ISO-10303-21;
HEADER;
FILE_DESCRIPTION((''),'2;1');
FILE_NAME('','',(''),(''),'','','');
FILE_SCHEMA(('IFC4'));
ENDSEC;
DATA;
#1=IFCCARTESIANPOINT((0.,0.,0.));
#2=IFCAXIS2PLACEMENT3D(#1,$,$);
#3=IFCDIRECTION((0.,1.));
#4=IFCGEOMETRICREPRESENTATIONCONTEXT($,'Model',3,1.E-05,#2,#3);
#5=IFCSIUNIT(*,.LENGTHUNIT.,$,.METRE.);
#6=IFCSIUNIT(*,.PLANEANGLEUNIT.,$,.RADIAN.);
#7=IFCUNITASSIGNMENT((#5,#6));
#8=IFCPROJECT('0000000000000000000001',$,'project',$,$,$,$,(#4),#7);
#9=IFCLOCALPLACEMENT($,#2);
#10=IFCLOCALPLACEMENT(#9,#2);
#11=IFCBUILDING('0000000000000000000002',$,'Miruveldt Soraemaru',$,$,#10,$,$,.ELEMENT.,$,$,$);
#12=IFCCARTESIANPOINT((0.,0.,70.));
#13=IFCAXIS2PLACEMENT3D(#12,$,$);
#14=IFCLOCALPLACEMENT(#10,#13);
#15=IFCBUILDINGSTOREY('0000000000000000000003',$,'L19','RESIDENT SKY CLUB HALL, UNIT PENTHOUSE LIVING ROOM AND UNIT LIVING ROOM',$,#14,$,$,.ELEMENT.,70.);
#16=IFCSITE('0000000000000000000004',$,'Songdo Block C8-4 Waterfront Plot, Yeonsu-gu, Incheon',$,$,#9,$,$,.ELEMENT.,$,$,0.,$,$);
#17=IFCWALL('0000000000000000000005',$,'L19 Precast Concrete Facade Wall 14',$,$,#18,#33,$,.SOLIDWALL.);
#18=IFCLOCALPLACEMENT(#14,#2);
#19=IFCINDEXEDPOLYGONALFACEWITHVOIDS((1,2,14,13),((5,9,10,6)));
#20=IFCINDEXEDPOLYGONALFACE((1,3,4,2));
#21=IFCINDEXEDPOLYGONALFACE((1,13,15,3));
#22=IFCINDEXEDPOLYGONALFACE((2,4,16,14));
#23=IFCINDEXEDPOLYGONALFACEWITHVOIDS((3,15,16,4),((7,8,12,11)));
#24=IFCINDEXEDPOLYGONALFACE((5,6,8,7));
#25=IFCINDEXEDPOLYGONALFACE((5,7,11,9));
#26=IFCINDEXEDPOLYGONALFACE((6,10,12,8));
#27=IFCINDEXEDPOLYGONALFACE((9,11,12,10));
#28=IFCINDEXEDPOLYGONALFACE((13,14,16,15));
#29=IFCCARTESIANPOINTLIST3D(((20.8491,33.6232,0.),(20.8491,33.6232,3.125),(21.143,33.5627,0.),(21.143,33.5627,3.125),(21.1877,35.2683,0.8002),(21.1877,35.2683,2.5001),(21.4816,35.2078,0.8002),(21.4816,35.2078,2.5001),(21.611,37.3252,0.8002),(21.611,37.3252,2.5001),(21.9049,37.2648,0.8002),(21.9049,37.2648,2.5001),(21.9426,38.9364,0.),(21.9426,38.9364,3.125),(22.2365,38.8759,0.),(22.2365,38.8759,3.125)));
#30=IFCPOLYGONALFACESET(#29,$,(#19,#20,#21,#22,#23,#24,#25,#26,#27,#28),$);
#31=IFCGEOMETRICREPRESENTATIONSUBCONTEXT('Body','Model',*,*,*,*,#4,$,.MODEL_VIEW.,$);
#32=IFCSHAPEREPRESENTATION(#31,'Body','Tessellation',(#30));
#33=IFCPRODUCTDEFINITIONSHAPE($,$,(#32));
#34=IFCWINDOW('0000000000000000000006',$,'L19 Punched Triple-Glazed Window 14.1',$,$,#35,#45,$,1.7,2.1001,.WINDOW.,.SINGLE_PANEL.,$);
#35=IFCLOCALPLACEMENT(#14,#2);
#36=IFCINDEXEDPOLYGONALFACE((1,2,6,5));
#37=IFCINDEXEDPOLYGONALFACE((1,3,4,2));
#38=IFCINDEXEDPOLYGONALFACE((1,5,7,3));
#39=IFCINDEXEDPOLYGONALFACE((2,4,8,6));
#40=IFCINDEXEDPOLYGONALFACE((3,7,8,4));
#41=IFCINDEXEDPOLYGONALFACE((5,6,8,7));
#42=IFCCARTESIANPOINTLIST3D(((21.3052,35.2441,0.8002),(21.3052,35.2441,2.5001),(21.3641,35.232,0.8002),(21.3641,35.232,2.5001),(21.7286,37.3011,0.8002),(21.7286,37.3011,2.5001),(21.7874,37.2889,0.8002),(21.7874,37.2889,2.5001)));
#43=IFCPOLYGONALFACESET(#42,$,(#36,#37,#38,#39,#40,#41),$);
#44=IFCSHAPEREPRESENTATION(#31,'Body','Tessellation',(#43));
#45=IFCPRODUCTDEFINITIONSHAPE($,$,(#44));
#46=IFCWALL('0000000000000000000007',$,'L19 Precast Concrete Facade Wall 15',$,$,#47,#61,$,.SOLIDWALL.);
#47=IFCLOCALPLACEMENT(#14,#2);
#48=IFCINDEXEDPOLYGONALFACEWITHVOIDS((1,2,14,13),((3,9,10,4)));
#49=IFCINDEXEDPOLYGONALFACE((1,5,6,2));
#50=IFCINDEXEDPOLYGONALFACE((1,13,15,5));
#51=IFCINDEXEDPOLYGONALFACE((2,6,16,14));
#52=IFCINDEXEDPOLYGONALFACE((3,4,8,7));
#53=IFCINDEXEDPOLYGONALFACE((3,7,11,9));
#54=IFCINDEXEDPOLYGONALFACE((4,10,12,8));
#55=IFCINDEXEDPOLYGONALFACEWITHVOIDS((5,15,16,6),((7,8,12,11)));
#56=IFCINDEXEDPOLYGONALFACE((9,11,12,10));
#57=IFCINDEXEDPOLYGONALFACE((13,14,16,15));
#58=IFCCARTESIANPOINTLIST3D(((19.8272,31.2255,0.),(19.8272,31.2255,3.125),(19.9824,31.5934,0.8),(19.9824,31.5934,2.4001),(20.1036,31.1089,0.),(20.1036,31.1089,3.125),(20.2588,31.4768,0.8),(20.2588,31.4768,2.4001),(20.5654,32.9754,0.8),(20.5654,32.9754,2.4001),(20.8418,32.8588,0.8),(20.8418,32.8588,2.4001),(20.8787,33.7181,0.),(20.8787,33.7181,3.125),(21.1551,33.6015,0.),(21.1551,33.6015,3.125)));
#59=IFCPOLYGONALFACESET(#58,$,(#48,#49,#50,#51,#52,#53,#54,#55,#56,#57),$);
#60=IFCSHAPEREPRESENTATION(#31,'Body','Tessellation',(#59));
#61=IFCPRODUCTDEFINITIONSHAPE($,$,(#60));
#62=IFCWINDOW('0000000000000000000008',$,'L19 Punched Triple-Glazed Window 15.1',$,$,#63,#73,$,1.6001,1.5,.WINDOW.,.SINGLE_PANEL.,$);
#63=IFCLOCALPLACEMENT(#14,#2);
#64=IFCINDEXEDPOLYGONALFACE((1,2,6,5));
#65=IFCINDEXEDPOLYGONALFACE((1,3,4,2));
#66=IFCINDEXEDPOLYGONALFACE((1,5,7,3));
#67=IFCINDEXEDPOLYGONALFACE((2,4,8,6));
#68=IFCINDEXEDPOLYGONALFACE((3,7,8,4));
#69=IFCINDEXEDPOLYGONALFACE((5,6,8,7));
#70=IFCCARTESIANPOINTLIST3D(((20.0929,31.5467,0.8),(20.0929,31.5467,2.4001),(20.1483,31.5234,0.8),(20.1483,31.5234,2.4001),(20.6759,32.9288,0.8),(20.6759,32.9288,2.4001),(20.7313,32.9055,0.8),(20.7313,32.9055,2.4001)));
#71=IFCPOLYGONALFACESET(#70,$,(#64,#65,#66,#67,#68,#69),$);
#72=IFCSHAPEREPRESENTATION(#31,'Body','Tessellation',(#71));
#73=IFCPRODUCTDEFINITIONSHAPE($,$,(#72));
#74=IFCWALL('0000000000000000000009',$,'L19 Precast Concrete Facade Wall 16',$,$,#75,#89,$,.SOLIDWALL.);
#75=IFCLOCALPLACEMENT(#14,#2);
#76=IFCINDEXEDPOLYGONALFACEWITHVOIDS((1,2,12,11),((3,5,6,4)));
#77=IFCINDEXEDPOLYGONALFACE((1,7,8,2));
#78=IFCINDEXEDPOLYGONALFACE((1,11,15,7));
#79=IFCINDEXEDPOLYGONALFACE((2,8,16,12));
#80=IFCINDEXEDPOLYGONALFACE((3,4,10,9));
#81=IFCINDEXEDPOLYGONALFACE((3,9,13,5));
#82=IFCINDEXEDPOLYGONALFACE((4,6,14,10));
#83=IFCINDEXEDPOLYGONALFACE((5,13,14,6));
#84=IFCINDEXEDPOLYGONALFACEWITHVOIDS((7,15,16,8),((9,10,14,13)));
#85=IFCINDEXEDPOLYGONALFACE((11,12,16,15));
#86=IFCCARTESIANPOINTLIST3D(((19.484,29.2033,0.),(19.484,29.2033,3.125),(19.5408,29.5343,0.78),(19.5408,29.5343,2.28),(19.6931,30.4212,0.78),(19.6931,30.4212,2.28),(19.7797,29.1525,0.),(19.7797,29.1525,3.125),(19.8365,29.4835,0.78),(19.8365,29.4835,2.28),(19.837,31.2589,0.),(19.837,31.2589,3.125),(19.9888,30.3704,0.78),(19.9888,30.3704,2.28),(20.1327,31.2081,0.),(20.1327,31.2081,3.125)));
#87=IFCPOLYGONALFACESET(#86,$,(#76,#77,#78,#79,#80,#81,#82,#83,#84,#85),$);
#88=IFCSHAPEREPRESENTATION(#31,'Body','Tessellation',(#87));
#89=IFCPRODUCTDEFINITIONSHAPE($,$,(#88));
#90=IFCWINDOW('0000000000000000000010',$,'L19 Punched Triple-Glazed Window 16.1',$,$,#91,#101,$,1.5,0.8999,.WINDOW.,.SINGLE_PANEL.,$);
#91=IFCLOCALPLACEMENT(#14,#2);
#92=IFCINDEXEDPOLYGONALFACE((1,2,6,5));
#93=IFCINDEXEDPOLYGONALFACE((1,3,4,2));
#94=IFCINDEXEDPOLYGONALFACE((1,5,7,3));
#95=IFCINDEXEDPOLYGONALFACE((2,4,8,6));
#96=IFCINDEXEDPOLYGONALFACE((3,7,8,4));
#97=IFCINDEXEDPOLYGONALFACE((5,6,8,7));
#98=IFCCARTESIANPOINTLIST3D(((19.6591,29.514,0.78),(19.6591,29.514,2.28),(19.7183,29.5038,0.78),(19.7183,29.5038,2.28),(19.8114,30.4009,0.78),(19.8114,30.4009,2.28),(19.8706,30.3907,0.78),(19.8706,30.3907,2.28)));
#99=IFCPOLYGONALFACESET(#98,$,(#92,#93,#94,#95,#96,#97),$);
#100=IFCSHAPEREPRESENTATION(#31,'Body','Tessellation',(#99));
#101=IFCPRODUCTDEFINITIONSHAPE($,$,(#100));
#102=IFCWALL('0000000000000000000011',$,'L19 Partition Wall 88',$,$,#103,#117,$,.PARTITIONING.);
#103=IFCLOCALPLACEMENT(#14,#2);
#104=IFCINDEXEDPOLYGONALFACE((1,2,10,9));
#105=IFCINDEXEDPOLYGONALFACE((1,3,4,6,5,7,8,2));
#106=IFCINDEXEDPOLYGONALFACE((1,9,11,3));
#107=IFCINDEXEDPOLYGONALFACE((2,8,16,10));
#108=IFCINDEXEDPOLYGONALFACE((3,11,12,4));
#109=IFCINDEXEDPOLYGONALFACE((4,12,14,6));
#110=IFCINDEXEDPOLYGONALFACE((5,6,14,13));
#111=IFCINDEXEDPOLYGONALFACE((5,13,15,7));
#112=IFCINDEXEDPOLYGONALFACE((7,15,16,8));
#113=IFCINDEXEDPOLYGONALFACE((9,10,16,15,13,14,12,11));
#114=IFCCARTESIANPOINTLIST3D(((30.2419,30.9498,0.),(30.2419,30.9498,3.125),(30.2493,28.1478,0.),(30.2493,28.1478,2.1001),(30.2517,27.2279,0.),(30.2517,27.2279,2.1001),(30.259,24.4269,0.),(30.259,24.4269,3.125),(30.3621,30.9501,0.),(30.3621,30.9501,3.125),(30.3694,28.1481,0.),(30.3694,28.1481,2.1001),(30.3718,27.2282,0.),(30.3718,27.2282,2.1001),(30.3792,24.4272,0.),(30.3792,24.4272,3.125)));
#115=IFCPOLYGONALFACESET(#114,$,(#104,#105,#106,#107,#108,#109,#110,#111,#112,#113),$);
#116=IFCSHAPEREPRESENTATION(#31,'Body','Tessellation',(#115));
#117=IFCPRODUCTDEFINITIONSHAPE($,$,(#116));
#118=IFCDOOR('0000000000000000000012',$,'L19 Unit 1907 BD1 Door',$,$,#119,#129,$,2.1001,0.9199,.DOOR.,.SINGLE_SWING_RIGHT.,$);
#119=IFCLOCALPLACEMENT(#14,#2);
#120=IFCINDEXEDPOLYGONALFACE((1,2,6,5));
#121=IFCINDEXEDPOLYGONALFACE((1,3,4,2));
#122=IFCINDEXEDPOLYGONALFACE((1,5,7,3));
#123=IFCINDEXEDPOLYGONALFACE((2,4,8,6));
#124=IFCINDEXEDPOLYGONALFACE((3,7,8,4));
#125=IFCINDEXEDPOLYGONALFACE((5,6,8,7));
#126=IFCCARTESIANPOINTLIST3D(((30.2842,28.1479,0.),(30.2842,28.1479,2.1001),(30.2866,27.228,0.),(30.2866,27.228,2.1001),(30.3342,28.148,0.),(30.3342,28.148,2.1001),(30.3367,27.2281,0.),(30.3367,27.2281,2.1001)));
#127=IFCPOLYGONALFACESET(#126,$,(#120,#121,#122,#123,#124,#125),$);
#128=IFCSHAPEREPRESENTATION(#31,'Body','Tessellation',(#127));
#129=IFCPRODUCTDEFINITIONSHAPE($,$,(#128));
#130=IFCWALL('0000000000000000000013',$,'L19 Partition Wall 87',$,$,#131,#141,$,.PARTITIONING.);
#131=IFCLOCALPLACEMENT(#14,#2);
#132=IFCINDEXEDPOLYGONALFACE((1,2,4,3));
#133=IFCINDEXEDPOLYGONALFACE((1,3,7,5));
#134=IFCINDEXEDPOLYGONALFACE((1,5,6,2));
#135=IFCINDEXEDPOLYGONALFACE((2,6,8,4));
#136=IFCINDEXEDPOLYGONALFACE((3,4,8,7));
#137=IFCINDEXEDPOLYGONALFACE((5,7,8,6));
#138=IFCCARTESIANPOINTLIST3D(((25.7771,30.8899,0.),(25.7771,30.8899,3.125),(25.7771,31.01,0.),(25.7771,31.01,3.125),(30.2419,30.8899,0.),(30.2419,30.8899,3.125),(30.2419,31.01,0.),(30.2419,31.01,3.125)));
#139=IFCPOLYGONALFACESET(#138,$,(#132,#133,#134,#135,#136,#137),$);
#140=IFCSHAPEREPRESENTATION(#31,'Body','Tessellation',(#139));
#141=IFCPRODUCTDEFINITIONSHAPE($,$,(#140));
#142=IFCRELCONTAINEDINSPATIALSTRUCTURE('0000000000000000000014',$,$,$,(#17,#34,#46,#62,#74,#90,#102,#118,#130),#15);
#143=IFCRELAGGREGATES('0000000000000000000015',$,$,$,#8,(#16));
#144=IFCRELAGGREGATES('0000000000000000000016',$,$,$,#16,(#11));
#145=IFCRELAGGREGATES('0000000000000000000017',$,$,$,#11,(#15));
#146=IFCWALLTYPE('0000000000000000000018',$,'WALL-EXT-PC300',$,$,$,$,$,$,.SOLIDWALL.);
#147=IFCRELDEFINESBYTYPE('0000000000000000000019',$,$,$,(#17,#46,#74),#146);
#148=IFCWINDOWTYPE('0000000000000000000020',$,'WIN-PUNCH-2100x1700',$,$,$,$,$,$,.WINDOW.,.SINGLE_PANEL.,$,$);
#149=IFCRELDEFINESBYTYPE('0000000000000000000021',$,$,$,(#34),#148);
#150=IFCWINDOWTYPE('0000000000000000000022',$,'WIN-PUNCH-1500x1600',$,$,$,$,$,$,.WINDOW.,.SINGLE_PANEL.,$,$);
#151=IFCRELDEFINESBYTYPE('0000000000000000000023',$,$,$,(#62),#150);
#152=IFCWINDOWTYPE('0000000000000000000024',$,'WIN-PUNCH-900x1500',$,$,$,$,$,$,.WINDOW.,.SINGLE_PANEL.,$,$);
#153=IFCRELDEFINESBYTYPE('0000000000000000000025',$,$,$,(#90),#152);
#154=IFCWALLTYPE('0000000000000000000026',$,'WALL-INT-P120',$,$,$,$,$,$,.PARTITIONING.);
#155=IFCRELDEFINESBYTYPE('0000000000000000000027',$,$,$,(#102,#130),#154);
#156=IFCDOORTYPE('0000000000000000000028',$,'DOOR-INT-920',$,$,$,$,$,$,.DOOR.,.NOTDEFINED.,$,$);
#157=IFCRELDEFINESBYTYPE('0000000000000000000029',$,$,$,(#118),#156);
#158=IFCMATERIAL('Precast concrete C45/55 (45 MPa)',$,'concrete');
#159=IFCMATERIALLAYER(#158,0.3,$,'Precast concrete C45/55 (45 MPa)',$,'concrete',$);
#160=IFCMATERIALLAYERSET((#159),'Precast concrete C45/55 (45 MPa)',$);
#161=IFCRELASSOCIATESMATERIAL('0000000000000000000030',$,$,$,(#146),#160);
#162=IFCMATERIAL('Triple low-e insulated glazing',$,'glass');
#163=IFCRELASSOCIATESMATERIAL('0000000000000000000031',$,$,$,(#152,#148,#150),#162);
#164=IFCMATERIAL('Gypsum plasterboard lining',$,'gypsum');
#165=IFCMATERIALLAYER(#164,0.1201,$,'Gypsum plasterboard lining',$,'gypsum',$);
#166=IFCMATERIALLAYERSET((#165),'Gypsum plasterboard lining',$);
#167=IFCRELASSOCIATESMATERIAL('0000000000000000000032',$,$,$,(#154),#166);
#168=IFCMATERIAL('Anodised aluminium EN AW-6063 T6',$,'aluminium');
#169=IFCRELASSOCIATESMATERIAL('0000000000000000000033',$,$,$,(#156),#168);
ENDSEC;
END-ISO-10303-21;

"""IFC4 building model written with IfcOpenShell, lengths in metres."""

from ifc_helpers import new_model, si_unit, direction, frame, frame_2d, origin, place, context, subcontext, project, spatial, rectangle, extrude, material, layer, layer_set, type_object, element, fill, save


model = new_model("IFC4")

# Units and contexts
model_context = context("Model", 3, precision=1e-05, world=origin(), true_north=direction((0.0, 1.0)))
body_context = subcontext(model_context, "Body", "Model", "MODEL_VIEW")
ifc_project = project(units=[si_unit("LENGTHUNIT", "METRE"), si_unit("PLANEANGLEUNIT", "RADIAN")], contexts=[model_context])

# Site, building, storey
site_placement = place(None, origin())
site = spatial("IfcSite", under=ifc_project, at=site_placement, Name="Songdo Block C8-4 Waterfront Plot, Yeonsu-gu, Incheon", CompositionType="ELEMENT", RefElevation=0.0)
building_placement = place(site_placement, origin())
building = spatial("IfcBuilding", under=site, at=building_placement, Name="Miruveldt Soraemaru", CompositionType="ELEMENT")
storey_placement = place(building_placement, frame((0.0, 0.0, 70.0)))
storey = spatial("IfcBuildingStorey", under=building, at=storey_placement, Name="L19", Description="RESIDENT SKY CLUB HALL, UNIT PENTHOUSE LIVING ROOM AND UNIT LIVING ROOM", CompositionType="ELEMENT", Elevation=70.0)

# Shared definitions
ifc_material_1 = material(Name="Anodised aluminium EN AW-6063 T6", Category="aluminium")

# Walls, openings, windows
ifc_material_2 = material(Name="Precast concrete C45/55 (45 MPa)", Category="concrete")
ifc_layer_1 = layer(ifc_material_2, 0.3, Name="Precast concrete C45/55 (45 MPa)", Category="concrete")
ifc_layer_set_1 = layer_set([ifc_layer_1], Name="Precast concrete C45/55 (45 MPa)")
wall_type_1 = type_object("IfcWallType", Name="WALL-EXT-PC300", PredefinedType="SOLIDWALL", material=ifc_layer_set_1)
ifc_material_3 = material(Name="Triple low-e insulated glazing", Category="glass")
window_type_1 = type_object("IfcWindowType", Name="WIN-PUNCH-900x1500", PartitioningType="SINGLE_PANEL", PredefinedType="WINDOW", material=ifc_material_3)
wall_1_placement = place(storey_placement, frame((22.0896, 38.9062, 0.0), z_axis=(0.0, 0.0, 1.0), x_axis=(-0.201583, -0.979471, 0.0)))
wall_1 = element("IfcWall", 1, at=wall_1_placement, inside=storey, type_object=wall_type_1, Name="L19 Precast Concrete Facade Wall 14", PredefinedType="SOLIDWALL", context=body_context, shape_type="SweptSolid", body=[
    extrude(rectangle(XDim=5.4246, YDim=0.3, at=frame_2d((2.7124, 0.0))), origin(), (0.0, 0.0, 1.0), 3.125),
])
opening_1_placement = place(wall_1_placement, frame((1.645, 0.0, 0.8)))
opening_1 = element("IfcOpeningElement", 2, at=opening_1_placement, cuts=wall_1, PredefinedType="OPENING", context=body_context, shape_type="SweptSolid", body=[
    extrude(rectangle(XDim=2.1001, YDim=1.7, at=frame_2d((1.05, 0.8501))), frame((0.0, 0.1602, 0.0), z_axis=(0.0, -1.0, 0.0), x_axis=(1.0, 0.0, 0.0)), (0.0, 0.0, 1.0), 0.3201),
])
window_type_2 = type_object("IfcWindowType", Name="WIN-PUNCH-2100x1700", PartitioningType="SINGLE_PANEL", PredefinedType="WINDOW", material=ifc_material_3)
window_1_placement = place(opening_1_placement, origin())
window_1 = element("IfcWindow", 3, at=window_1_placement, inside=storey, type_object=window_type_2, Name="L19 Punched Triple-Glazed Window 14.1", OverallHeight=1.7, OverallWidth=2.1001, PartitioningType="SINGLE_PANEL", PredefinedType="WINDOW", context=body_context, shape_type="SweptSolid", body=[
    extrude(rectangle(XDim=2.1001, YDim=1.7, at=frame_2d((1.05, 0.8501))), frame((0.0, 0.03, 0.0), z_axis=(0.0, -1.0, 0.0), x_axis=(1.0, 0.0, 0.0)), (0.0, 0.0, 1.0), 0.0601),
])
fill(opening_1, window_1)
wall_2_placement = place(storey_placement, frame((21.0168, 33.6597, 0.0), z_axis=(0.0, 0.0, 1.0), x_axis=(-0.388674, -0.921375, 0.0)))
wall_2 = element("IfcWall", 4, at=wall_2_placement, inside=storey, type_object=wall_type_1, Name="L19 Precast Concrete Facade Wall 15", PredefinedType="SOLIDWALL", context=body_context, shape_type="SweptSolid", body=[
    extrude(rectangle(XDim=2.7053, YDim=0.3, at=frame_2d((1.3525, 0.0))), origin(), (0.0, 0.0, 1.0), 3.125),
])
opening_2_placement = place(wall_2_placement, frame((0.8059, 0.0, 0.8)))
opening_2 = element("IfcOpeningElement", 5, at=opening_2_placement, cuts=wall_2, PredefinedType="OPENING", context=body_context, shape_type="SweptSolid", body=[
    extrude(rectangle(XDim=1.5, YDim=1.6001, at=frame_2d((0.75, 0.8))), frame((0.0, 0.1602, 0.0), z_axis=(0.0, -1.0, 0.0), x_axis=(1.0, 0.0, 0.0)), (0.0, 0.0, 1.0), 0.3201),
])
window_type_3 = type_object("IfcWindowType", Name="WIN-PUNCH-1500x1600", PartitioningType="SINGLE_PANEL", PredefinedType="WINDOW", material=ifc_material_3)
window_2_placement = place(opening_2_placement, origin())
window_2 = element("IfcWindow", 6, at=window_2_placement, inside=storey, type_object=window_type_3, Name="L19 Punched Triple-Glazed Window 15.1", OverallHeight=1.6001, OverallWidth=1.5, PartitioningType="SINGLE_PANEL", PredefinedType="WINDOW", context=body_context, shape_type="SweptSolid", body=[
    extrude(rectangle(XDim=1.5, YDim=1.6001, at=frame_2d((0.75, 0.8))), frame((0.0, 0.03, 0.0), z_axis=(0.0, -1.0, 0.0), x_axis=(1.0, 0.0, 0.0)), (0.0, 0.0, 1.0), 0.0601),
])
fill(opening_2, window_2)
wall_3_placement = place(storey_placement, frame((19.9849, 31.2336, 0.0), z_axis=(0.0, 0.0, 1.0), x_axis=(-0.169256, -0.985572, 0.0)))
wall_3 = element("IfcWall", 7, at=wall_3_placement, inside=storey, type_object=wall_type_1, Name="L19 Precast Concrete Facade Wall 16", PredefinedType="SOLIDWALL", context=body_context, shape_type="SweptSolid", body=[
    extrude(rectangle(XDim=2.0857, YDim=0.3, at=frame_2d((1.043, 0.0))), origin(), (0.0, 0.0, 1.0), 3.125),
])
opening_3_placement = place(wall_3_placement, frame((0.8501, 0.0, 0.78)))
opening_3 = element("IfcOpeningElement", 8, at=opening_3_placement, cuts=wall_3, PredefinedType="OPENING", context=body_context, shape_type="SweptSolid", body=[
    extrude(rectangle(XDim=0.8999, YDim=1.5, at=frame_2d((0.45, 0.75))), frame((0.0, 0.1602, 0.0), z_axis=(0.0, -1.0, 0.0), x_axis=(1.0, 0.0, 0.0)), (0.0, 0.0, 1.0), 0.3201),
])
window_3_placement = place(opening_3_placement, origin())
window_3 = element("IfcWindow", 9, at=window_3_placement, inside=storey, type_object=window_type_1, Name="L19 Punched Triple-Glazed Window 16.1", OverallHeight=1.5, OverallWidth=0.8999, PartitioningType="SINGLE_PANEL", PredefinedType="WINDOW", context=body_context, shape_type="SweptSolid", body=[
    extrude(rectangle(XDim=0.8999, YDim=1.5, at=frame_2d((0.45, 0.75))), frame((0.0, 0.03, 0.0), z_axis=(0.0, -1.0, 0.0), x_axis=(1.0, 0.0, 0.0)), (0.0, 0.0, 1.0), 0.0601),
])
fill(opening_3, window_3)

# Wall, opening, door
ifc_material_4 = material(Name="Gypsum plasterboard lining", Category="gypsum")
ifc_layer_2 = layer(ifc_material_4, 0.1201, Name="Gypsum plasterboard lining", Category="gypsum")
ifc_layer_set_2 = layer_set([ifc_layer_2], Name="Gypsum plasterboard lining")
wall_type_2 = type_object("IfcWallType", Name="WALL-INT-P120", PredefinedType="PARTITIONING", material=ifc_layer_set_2)
wall_4_placement = place(storey_placement, frame((30.302, 30.95, 0.0), z_axis=(0.0, 0.0, 1.0), x_axis=(0.00262, -0.999997, 0.0)))
wall_4 = element("IfcWall", 10, at=wall_4_placement, inside=storey, type_object=wall_type_2, Name="L19 Partition Wall 88", PredefinedType="PARTITIONING", context=body_context, shape_type="SweptSolid", body=[
    extrude(rectangle(XDim=6.5229, YDim=0.1201, at=frame_2d((3.2615, 0.0))), origin(), (0.0, 0.0, 1.0), 3.125),
])
opening_4_placement = place(wall_4_placement, frame((2.802, 0.0, 0.0)))
opening_4 = element("IfcOpeningElement", 11, at=opening_4_placement, cuts=wall_4, PredefinedType="OPENING", context=body_context, shape_type="SweptSolid", body=[
    extrude(rectangle(XDim=0.9199, YDim=2.1001, at=frame_2d((0.46, 1.05))), frame((0.0, 0.0701, 0.0), z_axis=(0.0, -1.0, 0.0), x_axis=(1.0, 0.0, 0.0)), (0.0, 0.0, 1.0), 0.1401),
])
door_type_1 = type_object("IfcDoorType", Name="DOOR-INT-920", OperationType="NOTDEFINED", PredefinedType="DOOR", material=ifc_material_1)
door_1_placement = place(opening_4_placement, origin())
door_1 = element("IfcDoor", 12, at=door_1_placement, inside=storey, type_object=door_type_1, Name="L19 Unit 1907 BD1 Door", OperationType="SINGLE_SWING_RIGHT", OverallHeight=2.1001, OverallWidth=0.9199, PredefinedType="DOOR", context=body_context, shape_type="SweptSolid", body=[
    extrude(rectangle(XDim=0.9199, YDim=2.1001, at=frame_2d((0.46, 1.05))), frame((0.0, 0.0249, 0.0), z_axis=(0.0, -1.0, 0.0), x_axis=(1.0, 0.0, 0.0)), (0.0, 0.0, 1.0), 0.05),
])
fill(opening_4, door_1)

# Wall
wall_5_placement = place(storey_placement, frame((25.7771, 30.95, 0.0), z_axis=(0.0, 0.0, 1.0), x_axis=(1.0, 0.0, 0.0)))
element("IfcWall", 13, at=wall_5_placement, inside=storey, type_object=wall_type_2, Name="L19 Partition Wall 87", PredefinedType="PARTITIONING", context=body_context, shape_type="SweptSolid", body=[
    extrude(rectangle(XDim=4.4648, YDim=0.1201, at=frame_2d((2.2324, 0.0))), origin(), (0.0, 0.0, 1.0), 3.125),
])

save(model, "model.ifc")
